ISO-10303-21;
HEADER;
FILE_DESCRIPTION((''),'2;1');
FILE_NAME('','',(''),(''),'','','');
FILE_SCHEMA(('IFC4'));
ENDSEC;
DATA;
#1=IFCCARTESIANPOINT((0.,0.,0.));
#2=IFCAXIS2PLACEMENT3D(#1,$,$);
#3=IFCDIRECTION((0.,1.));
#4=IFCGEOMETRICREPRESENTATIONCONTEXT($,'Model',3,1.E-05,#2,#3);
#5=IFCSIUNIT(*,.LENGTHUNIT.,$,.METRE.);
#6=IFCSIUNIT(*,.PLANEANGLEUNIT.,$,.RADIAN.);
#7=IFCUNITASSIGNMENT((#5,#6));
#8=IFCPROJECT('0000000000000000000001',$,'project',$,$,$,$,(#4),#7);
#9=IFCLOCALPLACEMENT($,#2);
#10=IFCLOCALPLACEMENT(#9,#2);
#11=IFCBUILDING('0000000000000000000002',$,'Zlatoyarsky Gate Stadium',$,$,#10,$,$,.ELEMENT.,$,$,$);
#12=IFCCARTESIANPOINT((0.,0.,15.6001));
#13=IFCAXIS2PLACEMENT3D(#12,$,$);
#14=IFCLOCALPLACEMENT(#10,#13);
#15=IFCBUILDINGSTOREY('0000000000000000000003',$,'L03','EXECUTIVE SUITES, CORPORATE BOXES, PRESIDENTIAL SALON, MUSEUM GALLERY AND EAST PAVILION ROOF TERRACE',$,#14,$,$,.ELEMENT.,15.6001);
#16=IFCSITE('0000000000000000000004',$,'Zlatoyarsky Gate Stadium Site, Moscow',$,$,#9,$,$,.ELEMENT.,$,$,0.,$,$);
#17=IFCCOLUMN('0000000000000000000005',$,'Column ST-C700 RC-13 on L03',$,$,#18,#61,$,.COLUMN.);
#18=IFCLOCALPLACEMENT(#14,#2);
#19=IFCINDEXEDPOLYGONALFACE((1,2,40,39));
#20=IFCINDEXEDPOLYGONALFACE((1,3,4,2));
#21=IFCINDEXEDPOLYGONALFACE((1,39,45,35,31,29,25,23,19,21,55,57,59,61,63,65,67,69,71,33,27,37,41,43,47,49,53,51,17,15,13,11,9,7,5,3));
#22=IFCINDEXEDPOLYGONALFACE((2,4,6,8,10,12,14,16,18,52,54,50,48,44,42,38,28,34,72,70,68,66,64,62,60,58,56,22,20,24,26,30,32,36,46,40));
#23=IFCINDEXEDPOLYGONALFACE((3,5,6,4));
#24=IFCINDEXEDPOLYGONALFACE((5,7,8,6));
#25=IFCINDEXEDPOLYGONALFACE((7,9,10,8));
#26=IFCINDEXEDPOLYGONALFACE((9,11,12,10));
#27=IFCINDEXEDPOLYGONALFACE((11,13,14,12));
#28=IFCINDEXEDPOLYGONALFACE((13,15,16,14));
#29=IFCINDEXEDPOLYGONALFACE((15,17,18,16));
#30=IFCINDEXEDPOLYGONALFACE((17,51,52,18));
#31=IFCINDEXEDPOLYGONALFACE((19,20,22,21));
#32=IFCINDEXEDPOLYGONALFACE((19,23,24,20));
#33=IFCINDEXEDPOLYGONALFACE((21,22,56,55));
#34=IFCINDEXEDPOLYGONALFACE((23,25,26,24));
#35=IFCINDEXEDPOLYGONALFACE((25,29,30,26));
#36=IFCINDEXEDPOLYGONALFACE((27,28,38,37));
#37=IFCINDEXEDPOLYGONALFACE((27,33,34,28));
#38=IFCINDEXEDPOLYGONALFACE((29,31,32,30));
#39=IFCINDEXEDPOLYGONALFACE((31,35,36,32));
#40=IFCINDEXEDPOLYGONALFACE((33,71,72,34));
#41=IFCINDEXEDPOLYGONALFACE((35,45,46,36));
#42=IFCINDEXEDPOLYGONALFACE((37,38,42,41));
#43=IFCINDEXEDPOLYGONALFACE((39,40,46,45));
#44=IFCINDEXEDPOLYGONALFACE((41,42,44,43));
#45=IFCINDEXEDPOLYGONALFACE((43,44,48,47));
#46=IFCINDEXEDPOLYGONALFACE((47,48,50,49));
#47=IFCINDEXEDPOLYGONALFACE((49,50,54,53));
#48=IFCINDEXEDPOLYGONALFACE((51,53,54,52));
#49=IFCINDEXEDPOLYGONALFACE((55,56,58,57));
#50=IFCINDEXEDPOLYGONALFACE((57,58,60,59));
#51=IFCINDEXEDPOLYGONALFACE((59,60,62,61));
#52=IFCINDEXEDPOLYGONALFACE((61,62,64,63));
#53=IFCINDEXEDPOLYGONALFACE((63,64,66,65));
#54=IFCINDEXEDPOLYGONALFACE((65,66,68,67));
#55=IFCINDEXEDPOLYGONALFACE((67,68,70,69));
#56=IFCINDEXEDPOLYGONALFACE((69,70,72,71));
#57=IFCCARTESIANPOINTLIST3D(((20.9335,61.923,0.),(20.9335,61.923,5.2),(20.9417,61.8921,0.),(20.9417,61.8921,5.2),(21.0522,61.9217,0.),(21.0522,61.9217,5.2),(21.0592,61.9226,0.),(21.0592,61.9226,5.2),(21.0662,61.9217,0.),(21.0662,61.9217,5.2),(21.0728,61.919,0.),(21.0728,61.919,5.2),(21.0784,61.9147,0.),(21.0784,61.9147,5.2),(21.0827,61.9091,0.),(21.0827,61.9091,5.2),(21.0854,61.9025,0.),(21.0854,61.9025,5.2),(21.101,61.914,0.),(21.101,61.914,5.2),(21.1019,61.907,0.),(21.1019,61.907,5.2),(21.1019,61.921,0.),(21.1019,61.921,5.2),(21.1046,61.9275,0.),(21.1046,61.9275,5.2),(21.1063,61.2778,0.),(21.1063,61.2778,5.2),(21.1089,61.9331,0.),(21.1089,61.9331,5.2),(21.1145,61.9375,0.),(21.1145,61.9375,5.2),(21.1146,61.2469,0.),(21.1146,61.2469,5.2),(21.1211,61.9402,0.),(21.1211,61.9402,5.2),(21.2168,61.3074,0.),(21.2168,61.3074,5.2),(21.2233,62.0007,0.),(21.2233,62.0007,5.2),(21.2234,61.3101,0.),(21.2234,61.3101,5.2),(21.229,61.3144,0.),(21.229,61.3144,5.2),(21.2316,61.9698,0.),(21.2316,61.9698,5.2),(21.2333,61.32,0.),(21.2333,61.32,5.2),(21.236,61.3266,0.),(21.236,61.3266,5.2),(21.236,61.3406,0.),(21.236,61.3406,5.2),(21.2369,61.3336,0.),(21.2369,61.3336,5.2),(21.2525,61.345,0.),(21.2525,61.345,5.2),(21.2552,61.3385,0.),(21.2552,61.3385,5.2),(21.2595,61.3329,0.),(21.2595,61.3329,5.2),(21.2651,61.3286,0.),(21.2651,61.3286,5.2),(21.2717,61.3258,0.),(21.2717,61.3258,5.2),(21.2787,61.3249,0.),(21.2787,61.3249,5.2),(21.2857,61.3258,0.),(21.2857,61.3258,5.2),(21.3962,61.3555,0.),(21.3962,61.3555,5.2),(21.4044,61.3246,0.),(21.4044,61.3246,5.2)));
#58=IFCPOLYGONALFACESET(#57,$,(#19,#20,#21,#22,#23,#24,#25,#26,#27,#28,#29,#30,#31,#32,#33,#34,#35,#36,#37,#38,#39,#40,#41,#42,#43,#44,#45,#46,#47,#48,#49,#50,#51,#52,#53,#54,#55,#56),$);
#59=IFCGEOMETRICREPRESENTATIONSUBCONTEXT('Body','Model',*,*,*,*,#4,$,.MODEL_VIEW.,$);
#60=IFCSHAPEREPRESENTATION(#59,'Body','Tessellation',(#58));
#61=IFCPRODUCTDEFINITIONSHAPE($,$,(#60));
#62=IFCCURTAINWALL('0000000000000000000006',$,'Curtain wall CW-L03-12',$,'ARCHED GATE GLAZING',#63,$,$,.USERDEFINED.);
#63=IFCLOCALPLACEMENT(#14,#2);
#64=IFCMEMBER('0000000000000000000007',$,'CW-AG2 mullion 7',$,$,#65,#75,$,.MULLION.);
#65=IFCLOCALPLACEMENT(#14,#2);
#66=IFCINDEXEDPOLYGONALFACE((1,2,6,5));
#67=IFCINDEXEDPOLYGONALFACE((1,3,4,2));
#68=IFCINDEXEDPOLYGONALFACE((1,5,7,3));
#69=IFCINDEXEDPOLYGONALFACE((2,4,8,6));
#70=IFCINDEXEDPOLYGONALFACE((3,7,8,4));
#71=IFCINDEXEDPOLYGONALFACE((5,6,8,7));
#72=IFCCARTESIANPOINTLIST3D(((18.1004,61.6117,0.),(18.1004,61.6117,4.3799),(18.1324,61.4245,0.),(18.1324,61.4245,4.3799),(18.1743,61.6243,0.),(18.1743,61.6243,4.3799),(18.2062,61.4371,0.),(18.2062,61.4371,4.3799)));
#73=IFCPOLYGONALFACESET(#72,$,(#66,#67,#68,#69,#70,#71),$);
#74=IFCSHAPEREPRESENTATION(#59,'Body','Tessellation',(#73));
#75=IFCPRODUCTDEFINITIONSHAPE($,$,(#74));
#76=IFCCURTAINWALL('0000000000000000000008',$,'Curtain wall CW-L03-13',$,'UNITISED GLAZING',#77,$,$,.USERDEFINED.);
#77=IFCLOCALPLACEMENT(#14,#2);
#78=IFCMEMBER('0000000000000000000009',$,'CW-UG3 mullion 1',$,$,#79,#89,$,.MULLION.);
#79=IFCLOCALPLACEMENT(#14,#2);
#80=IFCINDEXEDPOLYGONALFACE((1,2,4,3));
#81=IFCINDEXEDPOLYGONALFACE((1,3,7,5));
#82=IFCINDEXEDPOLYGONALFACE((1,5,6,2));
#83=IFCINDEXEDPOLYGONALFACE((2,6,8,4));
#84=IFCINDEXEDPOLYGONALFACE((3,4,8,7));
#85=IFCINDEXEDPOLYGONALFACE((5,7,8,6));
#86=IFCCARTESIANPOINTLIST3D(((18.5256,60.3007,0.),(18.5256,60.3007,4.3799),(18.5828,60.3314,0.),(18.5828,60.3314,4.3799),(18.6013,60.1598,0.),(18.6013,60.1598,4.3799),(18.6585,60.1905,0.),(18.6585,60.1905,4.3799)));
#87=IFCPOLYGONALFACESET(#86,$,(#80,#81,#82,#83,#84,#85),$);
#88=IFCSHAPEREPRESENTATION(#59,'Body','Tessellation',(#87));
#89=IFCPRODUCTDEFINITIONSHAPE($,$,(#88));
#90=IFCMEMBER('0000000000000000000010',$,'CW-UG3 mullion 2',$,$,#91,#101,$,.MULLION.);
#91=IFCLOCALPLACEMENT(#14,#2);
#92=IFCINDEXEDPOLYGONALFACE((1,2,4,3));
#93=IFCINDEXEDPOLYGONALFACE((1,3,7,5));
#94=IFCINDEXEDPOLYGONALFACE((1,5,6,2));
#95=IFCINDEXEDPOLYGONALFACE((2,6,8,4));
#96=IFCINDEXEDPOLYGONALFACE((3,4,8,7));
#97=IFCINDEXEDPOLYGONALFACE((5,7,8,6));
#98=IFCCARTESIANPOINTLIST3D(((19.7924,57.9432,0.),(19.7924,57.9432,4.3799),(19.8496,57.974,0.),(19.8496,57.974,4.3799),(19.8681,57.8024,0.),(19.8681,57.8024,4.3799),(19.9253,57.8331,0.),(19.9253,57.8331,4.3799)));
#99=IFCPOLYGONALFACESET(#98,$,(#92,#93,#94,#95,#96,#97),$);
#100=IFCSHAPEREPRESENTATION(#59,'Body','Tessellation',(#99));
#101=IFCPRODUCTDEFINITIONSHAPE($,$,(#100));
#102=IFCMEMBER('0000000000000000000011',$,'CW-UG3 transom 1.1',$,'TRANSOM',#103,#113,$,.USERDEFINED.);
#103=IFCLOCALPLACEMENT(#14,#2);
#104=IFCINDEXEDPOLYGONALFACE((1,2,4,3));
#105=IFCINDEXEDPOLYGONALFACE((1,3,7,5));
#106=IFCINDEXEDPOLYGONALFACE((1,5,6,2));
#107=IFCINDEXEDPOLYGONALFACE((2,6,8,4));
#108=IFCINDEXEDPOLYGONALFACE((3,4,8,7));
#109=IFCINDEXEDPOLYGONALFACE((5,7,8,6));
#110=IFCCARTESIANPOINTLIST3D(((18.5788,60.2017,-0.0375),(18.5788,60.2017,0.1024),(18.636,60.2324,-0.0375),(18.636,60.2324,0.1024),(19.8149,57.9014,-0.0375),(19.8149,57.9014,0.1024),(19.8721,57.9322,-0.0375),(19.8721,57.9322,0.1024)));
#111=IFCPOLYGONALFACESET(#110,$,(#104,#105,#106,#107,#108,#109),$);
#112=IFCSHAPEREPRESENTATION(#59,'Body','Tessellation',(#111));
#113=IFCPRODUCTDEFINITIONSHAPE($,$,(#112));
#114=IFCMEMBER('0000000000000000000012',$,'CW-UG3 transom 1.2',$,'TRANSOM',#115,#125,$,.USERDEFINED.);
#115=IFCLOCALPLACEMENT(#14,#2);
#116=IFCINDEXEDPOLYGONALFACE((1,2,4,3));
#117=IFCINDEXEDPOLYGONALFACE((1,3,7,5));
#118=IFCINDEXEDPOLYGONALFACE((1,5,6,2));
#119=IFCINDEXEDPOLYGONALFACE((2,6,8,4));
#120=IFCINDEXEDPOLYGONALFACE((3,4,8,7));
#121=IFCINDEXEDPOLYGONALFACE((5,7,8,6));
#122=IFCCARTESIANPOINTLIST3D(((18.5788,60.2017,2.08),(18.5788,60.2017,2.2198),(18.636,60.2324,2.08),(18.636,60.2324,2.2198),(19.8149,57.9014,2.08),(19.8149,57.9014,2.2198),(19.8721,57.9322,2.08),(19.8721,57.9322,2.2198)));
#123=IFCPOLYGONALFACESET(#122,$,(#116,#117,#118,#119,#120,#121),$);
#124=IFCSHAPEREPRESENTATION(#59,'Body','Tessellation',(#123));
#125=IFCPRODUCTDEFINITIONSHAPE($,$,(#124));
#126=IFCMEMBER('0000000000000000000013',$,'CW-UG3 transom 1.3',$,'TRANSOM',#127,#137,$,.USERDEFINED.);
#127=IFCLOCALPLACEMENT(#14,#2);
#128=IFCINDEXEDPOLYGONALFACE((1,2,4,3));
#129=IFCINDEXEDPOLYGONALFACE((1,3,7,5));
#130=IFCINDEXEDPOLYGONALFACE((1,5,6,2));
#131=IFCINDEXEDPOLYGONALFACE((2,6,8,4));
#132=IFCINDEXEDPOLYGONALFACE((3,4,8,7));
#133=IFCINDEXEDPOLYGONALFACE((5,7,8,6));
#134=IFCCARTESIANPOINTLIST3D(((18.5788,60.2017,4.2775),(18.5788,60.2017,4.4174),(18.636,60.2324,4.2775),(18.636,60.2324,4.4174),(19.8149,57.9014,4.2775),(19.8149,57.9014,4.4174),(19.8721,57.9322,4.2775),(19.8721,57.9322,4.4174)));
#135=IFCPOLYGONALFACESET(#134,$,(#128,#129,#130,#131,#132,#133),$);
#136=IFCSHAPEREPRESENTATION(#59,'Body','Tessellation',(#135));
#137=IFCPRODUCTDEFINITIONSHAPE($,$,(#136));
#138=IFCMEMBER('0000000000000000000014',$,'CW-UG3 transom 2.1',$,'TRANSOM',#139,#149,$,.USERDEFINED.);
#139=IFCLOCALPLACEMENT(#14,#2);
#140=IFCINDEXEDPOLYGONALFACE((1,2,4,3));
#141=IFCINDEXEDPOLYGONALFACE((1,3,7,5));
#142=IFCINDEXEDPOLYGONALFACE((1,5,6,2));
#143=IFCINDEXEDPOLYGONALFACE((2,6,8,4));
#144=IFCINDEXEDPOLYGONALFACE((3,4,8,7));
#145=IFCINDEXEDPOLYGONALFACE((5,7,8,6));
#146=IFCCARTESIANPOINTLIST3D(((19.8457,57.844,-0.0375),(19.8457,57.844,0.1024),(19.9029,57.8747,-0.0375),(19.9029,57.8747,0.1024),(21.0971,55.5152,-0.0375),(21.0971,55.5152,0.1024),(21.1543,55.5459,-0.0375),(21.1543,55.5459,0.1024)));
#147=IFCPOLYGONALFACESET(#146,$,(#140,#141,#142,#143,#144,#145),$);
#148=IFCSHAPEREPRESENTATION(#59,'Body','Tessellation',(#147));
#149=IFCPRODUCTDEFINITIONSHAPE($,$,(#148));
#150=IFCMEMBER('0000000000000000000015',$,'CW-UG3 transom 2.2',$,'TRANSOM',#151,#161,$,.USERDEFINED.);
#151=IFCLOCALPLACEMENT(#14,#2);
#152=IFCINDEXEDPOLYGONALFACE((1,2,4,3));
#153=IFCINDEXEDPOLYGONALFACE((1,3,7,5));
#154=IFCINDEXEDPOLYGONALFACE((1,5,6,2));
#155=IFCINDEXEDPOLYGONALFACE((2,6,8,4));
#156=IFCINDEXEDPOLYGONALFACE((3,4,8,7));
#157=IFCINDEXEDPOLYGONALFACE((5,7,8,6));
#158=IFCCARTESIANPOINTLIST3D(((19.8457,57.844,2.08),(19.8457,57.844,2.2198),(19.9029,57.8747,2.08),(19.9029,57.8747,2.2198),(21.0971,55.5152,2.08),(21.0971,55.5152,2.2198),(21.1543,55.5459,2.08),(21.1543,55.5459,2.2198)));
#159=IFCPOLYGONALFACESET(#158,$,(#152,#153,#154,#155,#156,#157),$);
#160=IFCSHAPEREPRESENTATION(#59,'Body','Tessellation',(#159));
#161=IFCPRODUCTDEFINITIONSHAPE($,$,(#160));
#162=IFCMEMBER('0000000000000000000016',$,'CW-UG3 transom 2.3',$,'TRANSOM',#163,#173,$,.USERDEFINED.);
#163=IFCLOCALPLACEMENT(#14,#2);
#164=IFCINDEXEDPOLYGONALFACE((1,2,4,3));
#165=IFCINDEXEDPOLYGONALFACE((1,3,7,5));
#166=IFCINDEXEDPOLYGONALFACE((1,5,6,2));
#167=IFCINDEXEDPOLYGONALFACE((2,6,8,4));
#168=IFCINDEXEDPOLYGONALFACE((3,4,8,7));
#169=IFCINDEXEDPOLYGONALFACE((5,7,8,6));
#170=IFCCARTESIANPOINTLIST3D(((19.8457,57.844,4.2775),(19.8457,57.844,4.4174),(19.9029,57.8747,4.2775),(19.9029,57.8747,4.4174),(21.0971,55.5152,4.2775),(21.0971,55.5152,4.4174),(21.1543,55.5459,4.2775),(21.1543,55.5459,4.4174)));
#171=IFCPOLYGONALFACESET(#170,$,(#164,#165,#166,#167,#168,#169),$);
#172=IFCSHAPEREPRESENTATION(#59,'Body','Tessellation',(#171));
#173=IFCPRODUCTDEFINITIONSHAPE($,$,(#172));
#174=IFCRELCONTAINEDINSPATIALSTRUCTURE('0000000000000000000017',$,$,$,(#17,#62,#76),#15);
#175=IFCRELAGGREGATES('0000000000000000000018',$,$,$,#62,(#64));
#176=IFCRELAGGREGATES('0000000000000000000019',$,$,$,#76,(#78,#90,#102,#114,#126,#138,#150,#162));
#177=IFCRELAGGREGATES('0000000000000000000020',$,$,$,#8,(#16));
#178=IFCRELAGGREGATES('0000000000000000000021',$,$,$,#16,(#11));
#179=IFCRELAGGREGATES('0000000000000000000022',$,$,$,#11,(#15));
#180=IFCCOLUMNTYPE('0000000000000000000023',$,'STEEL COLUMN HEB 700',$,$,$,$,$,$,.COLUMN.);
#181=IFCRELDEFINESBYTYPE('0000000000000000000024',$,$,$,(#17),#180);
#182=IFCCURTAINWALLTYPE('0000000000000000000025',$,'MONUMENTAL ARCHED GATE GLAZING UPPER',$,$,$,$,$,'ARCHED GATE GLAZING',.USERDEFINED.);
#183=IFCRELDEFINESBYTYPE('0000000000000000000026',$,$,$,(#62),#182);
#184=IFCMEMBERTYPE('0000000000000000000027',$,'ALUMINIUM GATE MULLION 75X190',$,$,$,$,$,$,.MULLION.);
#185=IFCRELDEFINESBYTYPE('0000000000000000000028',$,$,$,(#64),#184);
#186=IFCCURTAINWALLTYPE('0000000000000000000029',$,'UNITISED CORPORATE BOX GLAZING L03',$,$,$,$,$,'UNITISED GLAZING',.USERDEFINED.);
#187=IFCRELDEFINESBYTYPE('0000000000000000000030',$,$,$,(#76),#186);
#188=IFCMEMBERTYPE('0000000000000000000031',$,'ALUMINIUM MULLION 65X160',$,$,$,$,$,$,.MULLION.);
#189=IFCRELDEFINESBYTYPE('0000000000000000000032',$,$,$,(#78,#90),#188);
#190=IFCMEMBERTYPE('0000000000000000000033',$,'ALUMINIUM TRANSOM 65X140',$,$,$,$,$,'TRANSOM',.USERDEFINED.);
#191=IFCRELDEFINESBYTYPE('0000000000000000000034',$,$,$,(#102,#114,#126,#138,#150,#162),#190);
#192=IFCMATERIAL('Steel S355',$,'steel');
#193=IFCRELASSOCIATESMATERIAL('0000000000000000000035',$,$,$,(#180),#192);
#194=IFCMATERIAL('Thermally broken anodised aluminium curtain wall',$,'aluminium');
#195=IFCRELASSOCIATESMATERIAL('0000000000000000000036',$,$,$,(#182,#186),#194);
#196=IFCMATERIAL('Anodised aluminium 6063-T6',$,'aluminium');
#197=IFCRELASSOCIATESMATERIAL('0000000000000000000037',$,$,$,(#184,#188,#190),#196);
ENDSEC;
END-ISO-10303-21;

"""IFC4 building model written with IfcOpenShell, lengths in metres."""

from ifc_helpers import new_model, si_unit, direction, frame, origin, origin_2d, place, context, subcontext, project, spatial, rectangle, i_section, extrude, material, material_profile, profile_set, type_object, element, aggregate, save


model = new_model("IFC4")

# Units and contexts
model_context = context("Model", 3, precision=1e-05, world=origin(), true_north=direction((0.0, 1.0)))
body_context = subcontext(model_context, "Body", "Model", "MODEL_VIEW")
ifc_project = project(units=[si_unit("LENGTHUNIT", "METRE"), si_unit("PLANEANGLEUNIT", "RADIAN")], contexts=[model_context])

# Site, building, storey
site_placement = place(None, origin())
site = spatial("IfcSite", under=ifc_project, at=site_placement, Name="Zlatoyarsky Gate Stadium Site, Moscow", CompositionType="ELEMENT", RefElevation=0.0)
building_placement = place(site_placement, origin())
building = spatial("IfcBuilding", under=site, at=building_placement, Name="Zlatoyarsky Gate Stadium", CompositionType="ELEMENT")
storey_placement = place(building_placement, frame((0.0, 0.0, 15.6001)))
storey = spatial("IfcBuildingStorey", under=building, at=storey_placement, Name="L03", Description="EXECUTIVE SUITES, CORPORATE BOXES, PRESIDENTIAL SALON, MUSEUM GALLERY AND EAST PAVILION ROOF TERRACE", CompositionType="ELEMENT", Elevation=15.6001)

# Column
ifc_material_1 = material(Name="Steel S355", Category="steel")
ifc_material_profile_1 = material_profile(ifc_material_1, i_section(OverallWidth=0.3, OverallDepth=0.7, WebThickness=0.0171, FlangeThickness=0.032, FilletRadius=0.0271, at=origin_2d()), Name="HEB 700")
ifc_profile_set_1 = profile_set([ifc_material_profile_1], Name="Steel S355")
column_type = type_object("IfcColumnType", Name="STEEL COLUMN HEB 700", PredefinedType="COLUMN", material=ifc_profile_set_1)
column_placement = place(storey_placement, frame((21.1689, 61.6238, 0.0), z_axis=(0.0, 0.0, 1.0), x_axis=(-0.965926, -0.258819, 0.0)))
element("IfcColumn", 1, at=column_placement, inside=storey, type_object=column_type, Name="Column ST-C700 RC-13 on L03", PredefinedType="COLUMN", context=body_context, shape_type="SweptSolid", body=[
    extrude(i_section(OverallWidth=0.3, OverallDepth=0.7, WebThickness=0.0171, FlangeThickness=0.032, FilletRadius=0.0271, at=origin_2d()), origin(), (0.0, 0.0, 1.0), 5.2),
])

# Curtain wall, member
ifc_material_2 = material(Name="Thermally broken anodised aluminium curtain wall", Category="aluminium")
curtain_wall_type_1 = type_object("IfcCurtainWallType", Name="MONUMENTAL ARCHED GATE GLAZING UPPER", ElementType="ARCHED GATE GLAZING", PredefinedType="USERDEFINED", material=ifc_material_2)
curtain_wall_1_placement = place(storey_placement, origin())
curtain_wall_1 = element("IfcCurtainWall", 2, at=curtain_wall_1_placement, inside=storey, type_object=curtain_wall_type_1, Name="Curtain wall CW-L03-12", ObjectType="ARCHED GATE GLAZING", PredefinedType="USERDEFINED")
ifc_material_3 = material(Name="Anodised aluminium 6063-T6", Category="aluminium")
ifc_material_profile_2 = material_profile(ifc_material_3, rectangle(XDim=0.075, YDim=0.1899, at=origin_2d()), Name="ALU 75X190")
ifc_profile_set_2 = profile_set([ifc_material_profile_2], Name="Anodised aluminium 6063-T6")
member_type_1 = type_object("IfcMemberType", Name="ALUMINIUM GATE MULLION 75X190", PredefinedType="MULLION", material=ifc_profile_set_2)
member_1_placement = place(storey_placement, frame((18.1533, 61.5244, 0.0), z_axis=(0.0, 0.0, 1.0), x_axis=(0.985727, 0.168354, 0.0)))
member_1 = element("IfcMember", 3, at=member_1_placement, type_object=member_type_1, Name="CW-AG2 mullion 7", PredefinedType="MULLION", context=body_context, shape_type="SweptSolid", body=[
    extrude(rectangle(XDim=0.075, YDim=0.1899, at=origin_2d()), origin(), (0.0, 0.0, 1.0), 4.3799),
])

# Curtain wall, members
curtain_wall_type_2 = type_object("IfcCurtainWallType", Name="UNITISED CORPORATE BOX GLAZING L03", ElementType="UNITISED GLAZING", PredefinedType="USERDEFINED", material=ifc_material_2)
curtain_wall_2_placement = place(storey_placement, origin())
curtain_wall_2 = element("IfcCurtainWall", 4, at=curtain_wall_2_placement, inside=storey, type_object=curtain_wall_type_2, Name="Curtain wall CW-L03-13", ObjectType="UNITISED GLAZING", PredefinedType="USERDEFINED")
ifc_material_profile_3 = material_profile(ifc_material_3, rectangle(XDim=0.0649, YDim=0.1599, at=origin_2d()), Name="ALU 65X160")
ifc_profile_set_3 = profile_set([ifc_material_profile_3], Name="Anodised aluminium 6063-T6")
member_type_2 = type_object("IfcMemberType", Name="ALUMINIUM MULLION 65X160", PredefinedType="MULLION", material=ifc_profile_set_3)
member_2_placement = place(storey_placement, frame((18.592, 60.2456, 0.0), z_axis=(0.0, 0.0, 1.0), x_axis=(0.880877, 0.473345, 0.0)))
member_2 = element("IfcMember", 5, at=member_2_placement, type_object=member_type_2, Name="CW-UG3 mullion 1", PredefinedType="MULLION", context=body_context, shape_type="SweptSolid", body=[
    extrude(rectangle(XDim=0.0649, YDim=0.1599, at=origin_2d()), origin(), (0.0, 0.0, 1.0), 4.3799),
])
member_3_placement = place(storey_placement, frame((19.8589, 57.8882, 0.0), z_axis=(0.0, 0.0, 1.0), x_axis=(0.880877, 0.473345, 0.0)))
member_3 = element("IfcMember", 6, at=member_3_placement, type_object=member_type_2, Name="CW-UG3 mullion 2", PredefinedType="MULLION", context=body_context, shape_type="SweptSolid", body=[
    extrude(rectangle(XDim=0.0649, YDim=0.1599, at=origin_2d()), origin(), (0.0, 0.0, 1.0), 4.3799),
])
ifc_material_profile_4 = material_profile(ifc_material_3, rectangle(XDim=0.0649, YDim=0.1399, at=origin_2d()), Name="ALU 65X140")
ifc_profile_set_4 = profile_set([ifc_material_profile_4], Name="Anodised aluminium 6063-T6")
member_type_3 = type_object("IfcMemberType", Name="ALUMINIUM TRANSOM 65X140", ElementType="TRANSOM", PredefinedType="USERDEFINED", material=ifc_profile_set_4)
member_4_placement = place(storey_placement, frame((18.6074, 60.217, 0.0325), z_axis=(0.473347, -0.880876, 0.0), x_axis=(0.880876, 0.473347, 0.0)))
member_4 = element("IfcMember", 7, at=member_4_placement, type_object=member_type_3, Name="CW-UG3 transom 1.1", ObjectType="TRANSOM", PredefinedType="USERDEFINED", context=body_context, shape_type="SweptSolid", body=[
    extrude(rectangle(XDim=0.0649, YDim=0.1399, at=origin_2d()), origin(), (0.0, 0.0, 1.0), 2.6113),
])
member_5_placement = place(storey_placement, frame((18.6074, 60.217, 2.1499), z_axis=(0.473347, -0.880876, 0.0), x_axis=(0.880876, 0.473347, 0.0)))
member_5 = element("IfcMember", 8, at=member_5_placement, type_object=member_type_3, Name="CW-UG3 transom 1.2", ObjectType="TRANSOM", PredefinedType="USERDEFINED", context=body_context, shape_type="SweptSolid", body=[
    extrude(rectangle(XDim=0.0649, YDim=0.1399, at=origin_2d()), origin(), (0.0, 0.0, 1.0), 2.6113),
])
member_6_placement = place(storey_placement, frame((18.6074, 60.217, 4.3474), z_axis=(0.473347, -0.880876, 0.0), x_axis=(0.880876, 0.473347, 0.0)))
member_6 = element("IfcMember", 9, at=member_6_placement, type_object=member_type_3, Name="CW-UG3 transom 1.3", ObjectType="TRANSOM", PredefinedType="USERDEFINED", context=body_context, shape_type="SweptSolid", body=[
    extrude(rectangle(XDim=0.0649, YDim=0.1399, at=origin_2d()), origin(), (0.0, 0.0, 1.0), 2.6113),
])
member_7_placement = place(storey_placement, frame((19.8743, 57.8594, 0.0325), z_axis=(0.473356, -0.880871, 0.0), x_axis=(0.880871, 0.473356, 0.0)))
member_7 = element("IfcMember", 10, at=member_7_placement, type_object=member_type_3, Name="CW-UG3 transom 2.1", ObjectType="TRANSOM", PredefinedType="USERDEFINED", context=body_context, shape_type="SweptSolid", body=[
    extrude(rectangle(XDim=0.0649, YDim=0.1399, at=origin_2d()), origin(), (0.0, 0.0, 1.0), 2.6438),
])
member_8_placement = place(storey_placement, frame((19.8743, 57.8594, 2.1499), z_axis=(0.473356, -0.880871, 0.0), x_axis=(0.880871, 0.473356, 0.0)))
member_8 = element("IfcMember", 11, at=member_8_placement, type_object=member_type_3, Name="CW-UG3 transom 2.2", ObjectType="TRANSOM", PredefinedType="USERDEFINED", context=body_context, shape_type="SweptSolid", body=[
    extrude(rectangle(XDim=0.0649, YDim=0.1399, at=origin_2d()), origin(), (0.0, 0.0, 1.0), 2.6438),
])
member_9_placement = place(storey_placement, frame((19.8743, 57.8594, 4.3474), z_axis=(0.473356, -0.880871, 0.0), x_axis=(0.880871, 0.473356, 0.0)))
member_9 = element("IfcMember", 12, at=member_9_placement, type_object=member_type_3, Name="CW-UG3 transom 2.3", ObjectType="TRANSOM", PredefinedType="USERDEFINED", context=body_context, shape_type="SweptSolid", body=[
    extrude(rectangle(XDim=0.0649, YDim=0.1399, at=origin_2d()), origin(), (0.0, 0.0, 1.0), 2.6438),
])

aggregate(curtain_wall_1, [member_1])
aggregate(curtain_wall_2, [member_2, member_3, member_4, member_5, member_6, member_7, member_8, member_9])

save(model, "model.ifc")
